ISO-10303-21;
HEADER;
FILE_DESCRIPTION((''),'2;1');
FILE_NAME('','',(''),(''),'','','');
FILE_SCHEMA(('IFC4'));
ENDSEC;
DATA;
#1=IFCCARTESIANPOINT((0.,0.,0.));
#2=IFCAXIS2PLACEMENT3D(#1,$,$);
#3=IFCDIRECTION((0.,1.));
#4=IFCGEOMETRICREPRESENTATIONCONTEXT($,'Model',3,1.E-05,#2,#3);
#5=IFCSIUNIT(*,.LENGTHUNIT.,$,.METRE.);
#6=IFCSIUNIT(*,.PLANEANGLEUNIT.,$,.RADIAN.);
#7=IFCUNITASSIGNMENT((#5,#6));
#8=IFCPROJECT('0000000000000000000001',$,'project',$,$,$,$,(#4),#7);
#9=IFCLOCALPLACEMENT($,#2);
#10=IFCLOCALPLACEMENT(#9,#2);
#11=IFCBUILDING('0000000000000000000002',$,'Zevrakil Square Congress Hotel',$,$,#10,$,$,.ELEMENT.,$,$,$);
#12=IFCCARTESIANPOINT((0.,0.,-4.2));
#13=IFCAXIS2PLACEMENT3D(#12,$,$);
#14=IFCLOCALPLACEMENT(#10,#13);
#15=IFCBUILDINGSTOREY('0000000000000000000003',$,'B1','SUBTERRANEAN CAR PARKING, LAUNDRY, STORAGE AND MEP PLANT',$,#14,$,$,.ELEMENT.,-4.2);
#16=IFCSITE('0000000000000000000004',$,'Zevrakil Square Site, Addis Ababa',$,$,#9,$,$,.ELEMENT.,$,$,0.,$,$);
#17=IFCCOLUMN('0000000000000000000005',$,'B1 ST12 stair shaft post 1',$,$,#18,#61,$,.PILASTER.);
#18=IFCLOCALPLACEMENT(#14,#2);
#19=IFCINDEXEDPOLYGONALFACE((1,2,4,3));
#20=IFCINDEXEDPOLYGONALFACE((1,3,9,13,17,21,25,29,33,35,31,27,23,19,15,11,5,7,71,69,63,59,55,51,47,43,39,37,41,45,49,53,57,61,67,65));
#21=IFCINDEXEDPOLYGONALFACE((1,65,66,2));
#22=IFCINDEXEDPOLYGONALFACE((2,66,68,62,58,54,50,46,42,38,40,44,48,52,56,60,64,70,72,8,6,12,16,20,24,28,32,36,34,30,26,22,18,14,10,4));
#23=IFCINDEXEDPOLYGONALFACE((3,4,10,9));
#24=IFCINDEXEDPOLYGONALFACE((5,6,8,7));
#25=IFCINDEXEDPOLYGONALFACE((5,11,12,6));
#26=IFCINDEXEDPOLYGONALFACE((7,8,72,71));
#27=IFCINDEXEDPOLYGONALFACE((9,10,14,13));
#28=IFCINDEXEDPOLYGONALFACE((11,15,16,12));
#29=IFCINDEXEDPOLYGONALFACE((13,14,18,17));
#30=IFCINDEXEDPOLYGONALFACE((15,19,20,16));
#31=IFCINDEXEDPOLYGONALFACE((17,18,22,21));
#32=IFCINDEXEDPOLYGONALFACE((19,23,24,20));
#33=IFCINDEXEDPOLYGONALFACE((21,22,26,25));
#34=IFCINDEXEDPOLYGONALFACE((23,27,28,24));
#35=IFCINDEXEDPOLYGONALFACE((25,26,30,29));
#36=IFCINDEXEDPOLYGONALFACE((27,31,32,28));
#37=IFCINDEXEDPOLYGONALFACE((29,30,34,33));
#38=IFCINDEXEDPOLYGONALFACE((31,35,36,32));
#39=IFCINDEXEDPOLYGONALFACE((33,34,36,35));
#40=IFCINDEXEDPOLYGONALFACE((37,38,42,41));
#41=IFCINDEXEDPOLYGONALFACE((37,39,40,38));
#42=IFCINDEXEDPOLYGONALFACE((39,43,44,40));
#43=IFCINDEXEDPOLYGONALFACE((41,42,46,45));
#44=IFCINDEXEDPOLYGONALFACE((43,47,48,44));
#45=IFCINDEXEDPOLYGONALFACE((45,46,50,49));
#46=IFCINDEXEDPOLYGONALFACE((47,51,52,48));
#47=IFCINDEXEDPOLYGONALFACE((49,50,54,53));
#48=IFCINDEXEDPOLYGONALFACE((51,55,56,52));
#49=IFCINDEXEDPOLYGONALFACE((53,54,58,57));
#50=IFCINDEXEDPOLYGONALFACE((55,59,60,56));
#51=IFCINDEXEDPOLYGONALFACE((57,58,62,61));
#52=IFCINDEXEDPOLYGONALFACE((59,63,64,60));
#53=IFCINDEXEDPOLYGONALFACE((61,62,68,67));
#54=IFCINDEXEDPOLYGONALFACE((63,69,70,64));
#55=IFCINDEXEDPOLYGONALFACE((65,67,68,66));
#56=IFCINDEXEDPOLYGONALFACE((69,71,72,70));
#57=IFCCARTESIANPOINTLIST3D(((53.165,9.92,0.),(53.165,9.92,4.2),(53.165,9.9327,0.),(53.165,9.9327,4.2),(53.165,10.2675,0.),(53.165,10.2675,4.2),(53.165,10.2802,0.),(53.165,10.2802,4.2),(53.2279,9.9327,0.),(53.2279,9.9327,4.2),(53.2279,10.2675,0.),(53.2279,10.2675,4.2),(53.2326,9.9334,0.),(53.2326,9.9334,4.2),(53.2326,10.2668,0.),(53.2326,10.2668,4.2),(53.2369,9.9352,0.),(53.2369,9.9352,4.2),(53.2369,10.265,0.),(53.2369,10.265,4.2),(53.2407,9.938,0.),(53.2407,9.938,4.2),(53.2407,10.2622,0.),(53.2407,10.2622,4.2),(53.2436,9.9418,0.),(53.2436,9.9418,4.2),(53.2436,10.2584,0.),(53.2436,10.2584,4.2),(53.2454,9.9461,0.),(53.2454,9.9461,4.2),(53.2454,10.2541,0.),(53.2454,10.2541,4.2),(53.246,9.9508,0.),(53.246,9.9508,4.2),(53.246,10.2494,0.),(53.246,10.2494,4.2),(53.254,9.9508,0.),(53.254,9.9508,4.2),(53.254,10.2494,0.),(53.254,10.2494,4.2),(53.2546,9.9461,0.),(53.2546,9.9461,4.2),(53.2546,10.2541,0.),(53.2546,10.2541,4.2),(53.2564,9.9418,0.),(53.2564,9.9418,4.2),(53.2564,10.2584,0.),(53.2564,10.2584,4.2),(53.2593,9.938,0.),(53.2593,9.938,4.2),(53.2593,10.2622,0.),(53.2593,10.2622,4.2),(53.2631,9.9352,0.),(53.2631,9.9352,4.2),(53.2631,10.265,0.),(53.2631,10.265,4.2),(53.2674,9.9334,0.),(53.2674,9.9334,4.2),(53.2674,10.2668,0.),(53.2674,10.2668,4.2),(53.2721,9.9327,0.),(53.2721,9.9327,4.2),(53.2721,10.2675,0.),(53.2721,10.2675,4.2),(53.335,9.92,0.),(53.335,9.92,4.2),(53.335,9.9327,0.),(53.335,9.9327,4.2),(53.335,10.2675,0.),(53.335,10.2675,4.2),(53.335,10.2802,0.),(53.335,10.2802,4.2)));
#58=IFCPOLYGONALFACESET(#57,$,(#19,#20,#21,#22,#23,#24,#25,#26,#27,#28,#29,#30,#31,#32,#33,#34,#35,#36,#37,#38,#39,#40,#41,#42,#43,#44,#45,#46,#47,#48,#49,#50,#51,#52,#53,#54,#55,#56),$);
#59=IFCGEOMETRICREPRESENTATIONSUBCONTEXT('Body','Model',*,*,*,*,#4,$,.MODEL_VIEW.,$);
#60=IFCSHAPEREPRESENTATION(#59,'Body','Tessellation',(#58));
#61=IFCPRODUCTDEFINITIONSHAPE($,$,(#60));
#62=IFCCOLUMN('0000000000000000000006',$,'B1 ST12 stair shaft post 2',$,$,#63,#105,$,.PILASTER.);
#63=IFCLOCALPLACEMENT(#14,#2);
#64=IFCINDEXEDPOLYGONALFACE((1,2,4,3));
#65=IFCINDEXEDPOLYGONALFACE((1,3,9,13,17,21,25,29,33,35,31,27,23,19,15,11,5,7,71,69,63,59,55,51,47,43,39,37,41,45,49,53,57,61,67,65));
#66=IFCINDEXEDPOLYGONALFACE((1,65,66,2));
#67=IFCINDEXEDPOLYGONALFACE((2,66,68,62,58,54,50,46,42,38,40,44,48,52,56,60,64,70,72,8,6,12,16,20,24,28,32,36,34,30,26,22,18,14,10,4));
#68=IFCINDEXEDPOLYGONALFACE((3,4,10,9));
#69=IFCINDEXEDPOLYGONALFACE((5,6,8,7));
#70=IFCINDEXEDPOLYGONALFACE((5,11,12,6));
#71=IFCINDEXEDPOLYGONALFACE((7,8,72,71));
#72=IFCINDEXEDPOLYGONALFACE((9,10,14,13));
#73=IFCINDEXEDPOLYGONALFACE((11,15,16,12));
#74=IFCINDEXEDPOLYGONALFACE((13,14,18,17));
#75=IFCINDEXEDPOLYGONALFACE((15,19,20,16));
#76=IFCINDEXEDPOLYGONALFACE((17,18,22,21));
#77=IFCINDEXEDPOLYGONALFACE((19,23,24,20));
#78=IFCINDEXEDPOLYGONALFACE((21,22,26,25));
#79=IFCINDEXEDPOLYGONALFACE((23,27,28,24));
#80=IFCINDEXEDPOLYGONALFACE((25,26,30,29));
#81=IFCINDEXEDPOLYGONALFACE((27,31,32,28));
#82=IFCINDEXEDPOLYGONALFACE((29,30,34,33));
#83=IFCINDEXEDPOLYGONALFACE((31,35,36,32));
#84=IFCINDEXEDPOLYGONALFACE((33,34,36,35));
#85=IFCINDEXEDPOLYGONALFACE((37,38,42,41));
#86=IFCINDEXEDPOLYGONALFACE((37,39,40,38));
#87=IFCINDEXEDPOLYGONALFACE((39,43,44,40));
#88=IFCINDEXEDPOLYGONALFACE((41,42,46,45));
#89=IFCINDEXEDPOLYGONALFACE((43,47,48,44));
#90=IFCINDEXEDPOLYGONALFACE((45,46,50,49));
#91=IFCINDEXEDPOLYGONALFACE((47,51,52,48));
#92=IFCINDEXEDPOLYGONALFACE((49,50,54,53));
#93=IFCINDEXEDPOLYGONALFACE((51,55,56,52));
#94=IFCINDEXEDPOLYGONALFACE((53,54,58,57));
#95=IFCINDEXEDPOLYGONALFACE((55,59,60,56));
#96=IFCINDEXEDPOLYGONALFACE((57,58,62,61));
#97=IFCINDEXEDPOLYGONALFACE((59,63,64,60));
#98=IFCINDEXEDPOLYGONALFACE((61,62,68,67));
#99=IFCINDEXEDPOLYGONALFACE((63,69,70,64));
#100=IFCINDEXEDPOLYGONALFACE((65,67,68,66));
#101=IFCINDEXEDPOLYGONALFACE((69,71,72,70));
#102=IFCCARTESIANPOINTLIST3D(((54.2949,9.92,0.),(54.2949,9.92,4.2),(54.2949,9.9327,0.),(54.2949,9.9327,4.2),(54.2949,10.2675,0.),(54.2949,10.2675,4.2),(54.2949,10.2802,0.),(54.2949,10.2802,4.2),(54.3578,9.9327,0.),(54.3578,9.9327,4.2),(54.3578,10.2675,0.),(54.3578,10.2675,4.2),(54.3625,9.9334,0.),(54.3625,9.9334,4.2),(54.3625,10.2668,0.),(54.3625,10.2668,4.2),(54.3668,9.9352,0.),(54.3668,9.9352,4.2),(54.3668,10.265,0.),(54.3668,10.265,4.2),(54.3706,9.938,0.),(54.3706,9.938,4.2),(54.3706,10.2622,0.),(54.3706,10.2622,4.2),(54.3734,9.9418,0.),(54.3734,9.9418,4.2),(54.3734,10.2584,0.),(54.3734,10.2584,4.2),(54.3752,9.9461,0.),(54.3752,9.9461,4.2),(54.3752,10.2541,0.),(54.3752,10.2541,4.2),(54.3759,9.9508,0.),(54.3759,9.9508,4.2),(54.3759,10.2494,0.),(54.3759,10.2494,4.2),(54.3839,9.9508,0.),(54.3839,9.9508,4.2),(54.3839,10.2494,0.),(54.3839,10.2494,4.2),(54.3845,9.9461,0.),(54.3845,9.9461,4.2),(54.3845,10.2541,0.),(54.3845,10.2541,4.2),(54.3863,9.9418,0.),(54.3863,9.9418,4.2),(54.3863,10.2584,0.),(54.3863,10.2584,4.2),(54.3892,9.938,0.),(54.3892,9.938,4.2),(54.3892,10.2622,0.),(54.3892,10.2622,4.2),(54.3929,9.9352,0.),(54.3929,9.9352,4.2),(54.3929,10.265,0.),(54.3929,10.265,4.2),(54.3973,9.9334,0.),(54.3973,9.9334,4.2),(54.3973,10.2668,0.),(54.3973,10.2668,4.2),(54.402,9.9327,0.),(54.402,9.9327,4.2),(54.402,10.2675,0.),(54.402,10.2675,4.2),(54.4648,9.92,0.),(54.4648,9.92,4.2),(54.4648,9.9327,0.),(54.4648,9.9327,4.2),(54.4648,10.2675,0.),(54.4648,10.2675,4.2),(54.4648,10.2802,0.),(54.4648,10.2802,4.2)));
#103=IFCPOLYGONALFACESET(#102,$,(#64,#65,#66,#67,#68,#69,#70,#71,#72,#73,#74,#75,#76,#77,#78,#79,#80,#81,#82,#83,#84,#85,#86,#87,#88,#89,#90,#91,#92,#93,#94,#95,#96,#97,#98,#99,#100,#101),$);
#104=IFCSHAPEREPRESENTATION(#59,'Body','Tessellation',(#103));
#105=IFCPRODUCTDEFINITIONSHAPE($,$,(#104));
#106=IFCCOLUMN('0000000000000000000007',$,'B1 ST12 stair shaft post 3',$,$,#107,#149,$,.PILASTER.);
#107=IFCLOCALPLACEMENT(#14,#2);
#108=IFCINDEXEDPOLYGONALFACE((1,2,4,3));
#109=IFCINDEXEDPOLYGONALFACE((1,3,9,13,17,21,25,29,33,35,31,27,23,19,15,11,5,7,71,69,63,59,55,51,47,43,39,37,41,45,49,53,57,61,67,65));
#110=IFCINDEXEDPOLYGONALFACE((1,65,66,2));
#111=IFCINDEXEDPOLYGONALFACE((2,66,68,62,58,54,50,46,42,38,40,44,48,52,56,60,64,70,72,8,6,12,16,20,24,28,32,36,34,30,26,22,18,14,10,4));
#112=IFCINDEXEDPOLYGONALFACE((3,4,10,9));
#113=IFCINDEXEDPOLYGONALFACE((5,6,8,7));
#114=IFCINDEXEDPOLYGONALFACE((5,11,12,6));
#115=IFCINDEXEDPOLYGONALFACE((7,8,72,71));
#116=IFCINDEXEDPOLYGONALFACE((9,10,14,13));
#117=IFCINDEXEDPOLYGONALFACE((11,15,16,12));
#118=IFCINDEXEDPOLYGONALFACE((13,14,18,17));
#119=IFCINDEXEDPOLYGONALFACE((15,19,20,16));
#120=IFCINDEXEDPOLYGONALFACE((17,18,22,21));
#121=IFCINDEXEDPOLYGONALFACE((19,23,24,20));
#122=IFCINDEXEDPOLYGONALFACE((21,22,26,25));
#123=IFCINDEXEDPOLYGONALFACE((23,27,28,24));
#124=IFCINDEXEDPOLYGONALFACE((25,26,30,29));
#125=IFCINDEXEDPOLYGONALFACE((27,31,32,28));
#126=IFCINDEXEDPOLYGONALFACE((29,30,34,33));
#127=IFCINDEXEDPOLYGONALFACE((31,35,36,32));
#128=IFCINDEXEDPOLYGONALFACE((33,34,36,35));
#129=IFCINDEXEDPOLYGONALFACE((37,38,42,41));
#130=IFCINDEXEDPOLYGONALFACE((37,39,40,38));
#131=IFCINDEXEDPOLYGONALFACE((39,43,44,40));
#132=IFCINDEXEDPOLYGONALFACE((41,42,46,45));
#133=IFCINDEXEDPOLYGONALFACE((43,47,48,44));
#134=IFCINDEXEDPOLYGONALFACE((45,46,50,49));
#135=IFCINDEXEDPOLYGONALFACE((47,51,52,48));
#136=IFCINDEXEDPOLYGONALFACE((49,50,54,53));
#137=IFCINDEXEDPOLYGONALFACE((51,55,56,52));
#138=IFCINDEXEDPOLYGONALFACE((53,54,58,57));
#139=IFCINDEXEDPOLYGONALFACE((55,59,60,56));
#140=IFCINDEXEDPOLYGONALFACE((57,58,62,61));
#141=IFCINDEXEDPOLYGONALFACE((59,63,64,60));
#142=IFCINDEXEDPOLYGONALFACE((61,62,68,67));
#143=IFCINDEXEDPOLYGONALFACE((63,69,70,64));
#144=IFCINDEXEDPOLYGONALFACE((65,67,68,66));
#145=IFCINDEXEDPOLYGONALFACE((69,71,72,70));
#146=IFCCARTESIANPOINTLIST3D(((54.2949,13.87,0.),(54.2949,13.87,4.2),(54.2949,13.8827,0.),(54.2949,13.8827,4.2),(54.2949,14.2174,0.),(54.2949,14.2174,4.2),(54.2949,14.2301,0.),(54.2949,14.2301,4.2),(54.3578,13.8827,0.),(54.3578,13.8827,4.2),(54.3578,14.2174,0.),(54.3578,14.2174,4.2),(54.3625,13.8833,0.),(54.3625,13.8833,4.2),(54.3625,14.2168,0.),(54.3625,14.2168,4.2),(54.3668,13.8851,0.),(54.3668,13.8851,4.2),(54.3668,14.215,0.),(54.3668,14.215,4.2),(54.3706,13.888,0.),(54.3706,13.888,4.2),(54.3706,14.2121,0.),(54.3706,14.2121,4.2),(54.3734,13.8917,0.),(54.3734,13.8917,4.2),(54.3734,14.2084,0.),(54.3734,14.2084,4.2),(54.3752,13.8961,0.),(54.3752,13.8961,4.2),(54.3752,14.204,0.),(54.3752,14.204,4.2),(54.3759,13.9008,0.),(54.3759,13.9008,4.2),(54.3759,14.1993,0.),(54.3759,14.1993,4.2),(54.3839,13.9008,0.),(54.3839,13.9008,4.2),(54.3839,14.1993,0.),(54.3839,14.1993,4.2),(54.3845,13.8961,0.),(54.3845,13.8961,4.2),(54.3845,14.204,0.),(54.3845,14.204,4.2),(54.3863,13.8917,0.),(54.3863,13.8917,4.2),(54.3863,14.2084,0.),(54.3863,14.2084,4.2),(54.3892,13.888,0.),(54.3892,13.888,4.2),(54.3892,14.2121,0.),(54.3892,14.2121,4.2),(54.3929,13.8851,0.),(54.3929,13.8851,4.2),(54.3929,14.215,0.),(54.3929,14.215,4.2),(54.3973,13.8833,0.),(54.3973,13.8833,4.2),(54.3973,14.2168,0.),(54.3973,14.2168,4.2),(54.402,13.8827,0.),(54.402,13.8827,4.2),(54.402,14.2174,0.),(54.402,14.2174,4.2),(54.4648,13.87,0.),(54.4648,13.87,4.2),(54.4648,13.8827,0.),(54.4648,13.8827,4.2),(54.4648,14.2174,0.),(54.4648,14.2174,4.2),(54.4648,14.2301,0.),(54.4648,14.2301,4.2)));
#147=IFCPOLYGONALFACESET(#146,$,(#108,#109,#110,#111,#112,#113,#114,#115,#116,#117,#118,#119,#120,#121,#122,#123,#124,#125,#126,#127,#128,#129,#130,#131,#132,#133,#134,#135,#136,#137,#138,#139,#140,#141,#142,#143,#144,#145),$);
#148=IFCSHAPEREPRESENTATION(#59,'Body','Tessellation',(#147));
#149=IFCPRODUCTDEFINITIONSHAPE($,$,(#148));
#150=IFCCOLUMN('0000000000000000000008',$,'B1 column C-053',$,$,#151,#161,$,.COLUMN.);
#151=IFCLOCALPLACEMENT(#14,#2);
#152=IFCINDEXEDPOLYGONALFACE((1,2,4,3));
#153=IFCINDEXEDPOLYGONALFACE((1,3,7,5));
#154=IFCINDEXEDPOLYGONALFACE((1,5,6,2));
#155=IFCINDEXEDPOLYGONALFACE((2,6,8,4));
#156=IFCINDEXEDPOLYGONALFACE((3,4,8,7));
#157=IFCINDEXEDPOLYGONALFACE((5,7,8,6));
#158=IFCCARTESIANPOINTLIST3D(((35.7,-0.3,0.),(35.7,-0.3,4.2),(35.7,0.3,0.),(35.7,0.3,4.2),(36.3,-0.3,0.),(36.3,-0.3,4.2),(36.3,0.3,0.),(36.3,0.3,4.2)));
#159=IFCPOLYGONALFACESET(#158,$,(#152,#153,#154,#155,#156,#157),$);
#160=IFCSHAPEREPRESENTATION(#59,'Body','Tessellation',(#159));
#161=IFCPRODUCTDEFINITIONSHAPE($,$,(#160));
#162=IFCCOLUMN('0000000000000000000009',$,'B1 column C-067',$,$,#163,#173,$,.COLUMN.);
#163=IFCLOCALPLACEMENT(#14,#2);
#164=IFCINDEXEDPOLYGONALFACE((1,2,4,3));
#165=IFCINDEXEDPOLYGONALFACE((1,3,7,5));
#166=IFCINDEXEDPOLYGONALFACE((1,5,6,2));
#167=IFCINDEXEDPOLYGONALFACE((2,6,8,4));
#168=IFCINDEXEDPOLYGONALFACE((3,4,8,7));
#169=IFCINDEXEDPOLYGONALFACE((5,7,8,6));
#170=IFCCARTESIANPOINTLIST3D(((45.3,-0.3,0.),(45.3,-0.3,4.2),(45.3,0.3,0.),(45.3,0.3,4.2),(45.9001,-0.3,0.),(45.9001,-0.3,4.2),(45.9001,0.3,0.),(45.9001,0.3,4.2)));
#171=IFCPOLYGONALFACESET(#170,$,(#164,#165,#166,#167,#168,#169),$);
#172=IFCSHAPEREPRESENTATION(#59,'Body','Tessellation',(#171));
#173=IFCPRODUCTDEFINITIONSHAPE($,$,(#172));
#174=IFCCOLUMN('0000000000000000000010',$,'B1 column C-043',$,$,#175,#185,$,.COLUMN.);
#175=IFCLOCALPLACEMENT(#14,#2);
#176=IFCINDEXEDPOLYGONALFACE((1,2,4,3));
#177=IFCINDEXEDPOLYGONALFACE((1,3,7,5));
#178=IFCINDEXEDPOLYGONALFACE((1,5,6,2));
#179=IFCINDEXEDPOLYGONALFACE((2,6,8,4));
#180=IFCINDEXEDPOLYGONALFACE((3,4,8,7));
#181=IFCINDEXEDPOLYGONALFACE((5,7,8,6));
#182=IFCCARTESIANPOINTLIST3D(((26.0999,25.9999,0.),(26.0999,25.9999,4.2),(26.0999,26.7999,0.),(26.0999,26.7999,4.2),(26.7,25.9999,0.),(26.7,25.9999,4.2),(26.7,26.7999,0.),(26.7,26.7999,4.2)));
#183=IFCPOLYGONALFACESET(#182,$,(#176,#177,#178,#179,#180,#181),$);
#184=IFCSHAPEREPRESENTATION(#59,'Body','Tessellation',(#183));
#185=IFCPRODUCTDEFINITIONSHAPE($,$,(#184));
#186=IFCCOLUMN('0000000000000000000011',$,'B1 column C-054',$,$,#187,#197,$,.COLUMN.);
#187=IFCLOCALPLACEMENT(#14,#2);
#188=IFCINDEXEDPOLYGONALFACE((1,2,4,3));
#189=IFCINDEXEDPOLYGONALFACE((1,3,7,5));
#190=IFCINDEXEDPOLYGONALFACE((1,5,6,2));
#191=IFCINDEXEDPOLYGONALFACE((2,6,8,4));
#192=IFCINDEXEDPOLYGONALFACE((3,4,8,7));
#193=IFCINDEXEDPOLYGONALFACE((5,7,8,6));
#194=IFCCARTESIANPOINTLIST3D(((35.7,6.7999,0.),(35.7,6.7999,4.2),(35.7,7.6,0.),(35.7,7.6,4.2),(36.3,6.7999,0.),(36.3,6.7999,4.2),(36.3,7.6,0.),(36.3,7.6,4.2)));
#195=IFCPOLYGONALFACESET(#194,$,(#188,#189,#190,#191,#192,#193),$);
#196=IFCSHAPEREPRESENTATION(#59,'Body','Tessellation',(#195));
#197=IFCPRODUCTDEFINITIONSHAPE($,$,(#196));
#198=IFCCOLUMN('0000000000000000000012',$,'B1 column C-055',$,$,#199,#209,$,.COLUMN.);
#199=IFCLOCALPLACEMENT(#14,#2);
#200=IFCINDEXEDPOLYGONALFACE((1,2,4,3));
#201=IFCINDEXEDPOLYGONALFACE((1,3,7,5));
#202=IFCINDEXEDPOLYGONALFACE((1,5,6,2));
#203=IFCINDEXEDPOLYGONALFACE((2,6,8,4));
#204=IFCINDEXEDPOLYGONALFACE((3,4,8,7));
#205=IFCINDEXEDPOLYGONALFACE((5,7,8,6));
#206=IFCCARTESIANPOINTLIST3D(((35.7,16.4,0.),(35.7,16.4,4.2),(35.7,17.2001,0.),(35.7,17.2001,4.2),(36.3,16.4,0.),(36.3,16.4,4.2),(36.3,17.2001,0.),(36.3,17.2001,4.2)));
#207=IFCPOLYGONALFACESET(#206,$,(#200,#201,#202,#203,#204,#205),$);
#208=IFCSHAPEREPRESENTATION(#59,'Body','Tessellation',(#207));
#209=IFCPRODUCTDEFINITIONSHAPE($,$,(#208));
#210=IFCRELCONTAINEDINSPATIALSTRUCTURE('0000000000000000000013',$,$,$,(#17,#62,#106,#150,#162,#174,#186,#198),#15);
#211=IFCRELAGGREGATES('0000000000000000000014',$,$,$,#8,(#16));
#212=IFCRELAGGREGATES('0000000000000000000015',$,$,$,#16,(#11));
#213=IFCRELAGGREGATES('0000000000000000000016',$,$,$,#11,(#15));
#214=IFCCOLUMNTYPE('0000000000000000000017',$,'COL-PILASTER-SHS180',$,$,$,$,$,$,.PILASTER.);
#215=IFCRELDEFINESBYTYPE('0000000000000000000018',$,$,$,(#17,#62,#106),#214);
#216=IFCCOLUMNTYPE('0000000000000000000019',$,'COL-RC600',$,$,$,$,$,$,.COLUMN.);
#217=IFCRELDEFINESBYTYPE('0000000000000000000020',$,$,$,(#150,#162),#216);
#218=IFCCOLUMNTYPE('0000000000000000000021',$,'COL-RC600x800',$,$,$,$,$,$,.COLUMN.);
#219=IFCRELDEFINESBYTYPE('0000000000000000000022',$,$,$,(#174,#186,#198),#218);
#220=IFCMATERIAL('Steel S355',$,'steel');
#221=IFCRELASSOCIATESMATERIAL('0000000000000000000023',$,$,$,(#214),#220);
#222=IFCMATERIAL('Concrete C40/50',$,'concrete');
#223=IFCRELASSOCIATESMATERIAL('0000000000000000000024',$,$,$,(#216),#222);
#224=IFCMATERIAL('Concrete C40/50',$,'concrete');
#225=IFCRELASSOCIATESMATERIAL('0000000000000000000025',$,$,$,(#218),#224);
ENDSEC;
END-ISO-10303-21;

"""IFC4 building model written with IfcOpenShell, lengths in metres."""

from ifc_helpers import new_model, si_unit, direction, frame, origin, origin_2d, place, context, subcontext, project, spatial, rectangle, i_section, extrude, material, material_profile, profile_set, type_object, element, save


model = new_model("IFC4")

# Units and contexts
model_context = context("Model", 3, precision=1e-05, world=origin(), true_north=direction((0.0, 1.0)))
body_context = subcontext(model_context, "Body", "Model", "MODEL_VIEW")
ifc_project = project(units=[si_unit("LENGTHUNIT", "METRE"), si_unit("PLANEANGLEUNIT", "RADIAN")], contexts=[model_context])

# Site, building, storey
site_placement = place(None, origin())
site = spatial("IfcSite", under=ifc_project, at=site_placement, Name="Zevrakil Square Site, Addis Ababa", CompositionType="ELEMENT", RefElevation=0.0)
building_placement = place(site_placement, origin())
building = spatial("IfcBuilding", under=site, at=building_placement, Name="Zevrakil Square Congress Hotel", CompositionType="ELEMENT")
storey_placement = place(building_placement, frame((0.0, 0.0, -4.2)))
storey = spatial("IfcBuildingStorey", under=building, at=storey_placement, Name="B1", Description="SUBTERRANEAN CAR PARKING, LAUNDRY, STORAGE AND MEP PLANT", CompositionType="ELEMENT", Elevation=-4.2)

# Columns
ifc_material_1 = material(Name="Steel S355", Category="steel")
ifc_material_profile_1 = material_profile(ifc_material_1, i_section(OverallWidth=0.1699, OverallDepth=0.3601, WebThickness=0.0081, FlangeThickness=0.0127, FilletRadius=0.0181, at=origin_2d()), Name="IPE 360")
ifc_profile_set_1 = profile_set([ifc_material_profile_1], Name="Steel S355")
column_type_1 = type_object("IfcColumnType", Name="COL-PILASTER-SHS180", PredefinedType="PILASTER", material=ifc_profile_set_1)
for number, where, z_axis, x_axis, name in (
    (1, (53.25, 10.1001, 0.0), (0.0, 0.0, 1.0), (1.0, 0.0, 0.0), "B1 ST12 stair shaft post 1"),
    (2, (54.3799, 10.1001, 0.0), (0.0, 0.0, 1.0), (1.0, 0.0, 0.0), "B1 ST12 stair shaft post 2"),
    (3, (54.3799, 14.05, 0.0), (0.0, 0.0, 1.0), (1.0, 0.0, 0.0), "B1 ST12 stair shaft post 3"),
):
    element("IfcColumn", number, at=place(storey_placement, frame(where, z_axis=z_axis, x_axis=x_axis)), inside=storey, type_object=column_type_1, Name=name, PredefinedType="PILASTER", context=body_context, shape_type="SweptSolid", body=[
        extrude(i_section(OverallWidth=0.1699, OverallDepth=0.3601, WebThickness=0.0081, FlangeThickness=0.0127, FilletRadius=0.0181, at=origin_2d()), origin(), (0.0, 0.0, 1.0), 4.2),
    ])
ifc_material_2 = material(Name="Concrete C40/50", Category="concrete")
ifc_material_profile_2 = material_profile(ifc_material_2, rectangle(XDim=0.6001, YDim=0.6001, at=origin_2d()), Name="RC 600x600")
ifc_profile_set_2 = profile_set([ifc_material_profile_2], Name="Concrete C40/50")
column_type_2 = type_object("IfcColumnType", Name="COL-RC600", PredefinedType="COLUMN", material=ifc_profile_set_2)
for number, where, z_axis, x_axis, name in (
    (4, (36.0, 0.0, 0.0), (0.0, 0.0, 1.0), (1.0, 0.0, 0.0), "B1 column C-053"),
    (5, (45.6001, 0.0, 0.0), (0.0, 0.0, 1.0), (1.0, 0.0, 0.0), "B1 column C-067"),
):
    element("IfcColumn", number, at=place(storey_placement, frame(where, z_axis=z_axis, x_axis=x_axis)), inside=storey, type_object=column_type_2, Name=name, PredefinedType="COLUMN", context=body_context, shape_type="SweptSolid", body=[
        extrude(rectangle(XDim=0.6001, YDim=0.6001, at=origin_2d()), origin(), (0.0, 0.0, 1.0), 4.2),
    ])
ifc_material_3 = material(Name="Concrete C40/50", Category="concrete")
ifc_material_profile_3 = material_profile(ifc_material_3, rectangle(XDim=0.6001, YDim=0.8, at=origin_2d()), Name="RC 600x800")
ifc_profile_set_3 = profile_set([ifc_material_profile_3], Name="Concrete C40/50")
column_type_3 = type_object("IfcColumnType", Name="COL-RC600x800", PredefinedType="COLUMN", material=ifc_profile_set_3)
for number, where, z_axis, x_axis, name in (
    (6, (26.3999, 26.3999, 0.0), (0.0, 0.0, 1.0), (1.0, 0.0, 0.0), "B1 column C-043"),
    (7, (36.0, 7.2, 0.0), (0.0, 0.0, 1.0), (1.0, 0.0, 0.0), "B1 column C-054"),
    (8, (36.0, 16.8, 0.0), (0.0, 0.0, 1.0), (1.0, 0.0, 0.0), "B1 column C-055"),
):
    element("IfcColumn", number, at=place(storey_placement, frame(where, z_axis=z_axis, x_axis=x_axis)), inside=storey, type_object=column_type_3, Name=name, PredefinedType="COLUMN", context=body_context, shape_type="SweptSolid", body=[
        extrude(rectangle(XDim=0.6001, YDim=0.8, at=origin_2d()), origin(), (0.0, 0.0, 1.0), 4.2),
    ])

save(model, "model.ifc")
